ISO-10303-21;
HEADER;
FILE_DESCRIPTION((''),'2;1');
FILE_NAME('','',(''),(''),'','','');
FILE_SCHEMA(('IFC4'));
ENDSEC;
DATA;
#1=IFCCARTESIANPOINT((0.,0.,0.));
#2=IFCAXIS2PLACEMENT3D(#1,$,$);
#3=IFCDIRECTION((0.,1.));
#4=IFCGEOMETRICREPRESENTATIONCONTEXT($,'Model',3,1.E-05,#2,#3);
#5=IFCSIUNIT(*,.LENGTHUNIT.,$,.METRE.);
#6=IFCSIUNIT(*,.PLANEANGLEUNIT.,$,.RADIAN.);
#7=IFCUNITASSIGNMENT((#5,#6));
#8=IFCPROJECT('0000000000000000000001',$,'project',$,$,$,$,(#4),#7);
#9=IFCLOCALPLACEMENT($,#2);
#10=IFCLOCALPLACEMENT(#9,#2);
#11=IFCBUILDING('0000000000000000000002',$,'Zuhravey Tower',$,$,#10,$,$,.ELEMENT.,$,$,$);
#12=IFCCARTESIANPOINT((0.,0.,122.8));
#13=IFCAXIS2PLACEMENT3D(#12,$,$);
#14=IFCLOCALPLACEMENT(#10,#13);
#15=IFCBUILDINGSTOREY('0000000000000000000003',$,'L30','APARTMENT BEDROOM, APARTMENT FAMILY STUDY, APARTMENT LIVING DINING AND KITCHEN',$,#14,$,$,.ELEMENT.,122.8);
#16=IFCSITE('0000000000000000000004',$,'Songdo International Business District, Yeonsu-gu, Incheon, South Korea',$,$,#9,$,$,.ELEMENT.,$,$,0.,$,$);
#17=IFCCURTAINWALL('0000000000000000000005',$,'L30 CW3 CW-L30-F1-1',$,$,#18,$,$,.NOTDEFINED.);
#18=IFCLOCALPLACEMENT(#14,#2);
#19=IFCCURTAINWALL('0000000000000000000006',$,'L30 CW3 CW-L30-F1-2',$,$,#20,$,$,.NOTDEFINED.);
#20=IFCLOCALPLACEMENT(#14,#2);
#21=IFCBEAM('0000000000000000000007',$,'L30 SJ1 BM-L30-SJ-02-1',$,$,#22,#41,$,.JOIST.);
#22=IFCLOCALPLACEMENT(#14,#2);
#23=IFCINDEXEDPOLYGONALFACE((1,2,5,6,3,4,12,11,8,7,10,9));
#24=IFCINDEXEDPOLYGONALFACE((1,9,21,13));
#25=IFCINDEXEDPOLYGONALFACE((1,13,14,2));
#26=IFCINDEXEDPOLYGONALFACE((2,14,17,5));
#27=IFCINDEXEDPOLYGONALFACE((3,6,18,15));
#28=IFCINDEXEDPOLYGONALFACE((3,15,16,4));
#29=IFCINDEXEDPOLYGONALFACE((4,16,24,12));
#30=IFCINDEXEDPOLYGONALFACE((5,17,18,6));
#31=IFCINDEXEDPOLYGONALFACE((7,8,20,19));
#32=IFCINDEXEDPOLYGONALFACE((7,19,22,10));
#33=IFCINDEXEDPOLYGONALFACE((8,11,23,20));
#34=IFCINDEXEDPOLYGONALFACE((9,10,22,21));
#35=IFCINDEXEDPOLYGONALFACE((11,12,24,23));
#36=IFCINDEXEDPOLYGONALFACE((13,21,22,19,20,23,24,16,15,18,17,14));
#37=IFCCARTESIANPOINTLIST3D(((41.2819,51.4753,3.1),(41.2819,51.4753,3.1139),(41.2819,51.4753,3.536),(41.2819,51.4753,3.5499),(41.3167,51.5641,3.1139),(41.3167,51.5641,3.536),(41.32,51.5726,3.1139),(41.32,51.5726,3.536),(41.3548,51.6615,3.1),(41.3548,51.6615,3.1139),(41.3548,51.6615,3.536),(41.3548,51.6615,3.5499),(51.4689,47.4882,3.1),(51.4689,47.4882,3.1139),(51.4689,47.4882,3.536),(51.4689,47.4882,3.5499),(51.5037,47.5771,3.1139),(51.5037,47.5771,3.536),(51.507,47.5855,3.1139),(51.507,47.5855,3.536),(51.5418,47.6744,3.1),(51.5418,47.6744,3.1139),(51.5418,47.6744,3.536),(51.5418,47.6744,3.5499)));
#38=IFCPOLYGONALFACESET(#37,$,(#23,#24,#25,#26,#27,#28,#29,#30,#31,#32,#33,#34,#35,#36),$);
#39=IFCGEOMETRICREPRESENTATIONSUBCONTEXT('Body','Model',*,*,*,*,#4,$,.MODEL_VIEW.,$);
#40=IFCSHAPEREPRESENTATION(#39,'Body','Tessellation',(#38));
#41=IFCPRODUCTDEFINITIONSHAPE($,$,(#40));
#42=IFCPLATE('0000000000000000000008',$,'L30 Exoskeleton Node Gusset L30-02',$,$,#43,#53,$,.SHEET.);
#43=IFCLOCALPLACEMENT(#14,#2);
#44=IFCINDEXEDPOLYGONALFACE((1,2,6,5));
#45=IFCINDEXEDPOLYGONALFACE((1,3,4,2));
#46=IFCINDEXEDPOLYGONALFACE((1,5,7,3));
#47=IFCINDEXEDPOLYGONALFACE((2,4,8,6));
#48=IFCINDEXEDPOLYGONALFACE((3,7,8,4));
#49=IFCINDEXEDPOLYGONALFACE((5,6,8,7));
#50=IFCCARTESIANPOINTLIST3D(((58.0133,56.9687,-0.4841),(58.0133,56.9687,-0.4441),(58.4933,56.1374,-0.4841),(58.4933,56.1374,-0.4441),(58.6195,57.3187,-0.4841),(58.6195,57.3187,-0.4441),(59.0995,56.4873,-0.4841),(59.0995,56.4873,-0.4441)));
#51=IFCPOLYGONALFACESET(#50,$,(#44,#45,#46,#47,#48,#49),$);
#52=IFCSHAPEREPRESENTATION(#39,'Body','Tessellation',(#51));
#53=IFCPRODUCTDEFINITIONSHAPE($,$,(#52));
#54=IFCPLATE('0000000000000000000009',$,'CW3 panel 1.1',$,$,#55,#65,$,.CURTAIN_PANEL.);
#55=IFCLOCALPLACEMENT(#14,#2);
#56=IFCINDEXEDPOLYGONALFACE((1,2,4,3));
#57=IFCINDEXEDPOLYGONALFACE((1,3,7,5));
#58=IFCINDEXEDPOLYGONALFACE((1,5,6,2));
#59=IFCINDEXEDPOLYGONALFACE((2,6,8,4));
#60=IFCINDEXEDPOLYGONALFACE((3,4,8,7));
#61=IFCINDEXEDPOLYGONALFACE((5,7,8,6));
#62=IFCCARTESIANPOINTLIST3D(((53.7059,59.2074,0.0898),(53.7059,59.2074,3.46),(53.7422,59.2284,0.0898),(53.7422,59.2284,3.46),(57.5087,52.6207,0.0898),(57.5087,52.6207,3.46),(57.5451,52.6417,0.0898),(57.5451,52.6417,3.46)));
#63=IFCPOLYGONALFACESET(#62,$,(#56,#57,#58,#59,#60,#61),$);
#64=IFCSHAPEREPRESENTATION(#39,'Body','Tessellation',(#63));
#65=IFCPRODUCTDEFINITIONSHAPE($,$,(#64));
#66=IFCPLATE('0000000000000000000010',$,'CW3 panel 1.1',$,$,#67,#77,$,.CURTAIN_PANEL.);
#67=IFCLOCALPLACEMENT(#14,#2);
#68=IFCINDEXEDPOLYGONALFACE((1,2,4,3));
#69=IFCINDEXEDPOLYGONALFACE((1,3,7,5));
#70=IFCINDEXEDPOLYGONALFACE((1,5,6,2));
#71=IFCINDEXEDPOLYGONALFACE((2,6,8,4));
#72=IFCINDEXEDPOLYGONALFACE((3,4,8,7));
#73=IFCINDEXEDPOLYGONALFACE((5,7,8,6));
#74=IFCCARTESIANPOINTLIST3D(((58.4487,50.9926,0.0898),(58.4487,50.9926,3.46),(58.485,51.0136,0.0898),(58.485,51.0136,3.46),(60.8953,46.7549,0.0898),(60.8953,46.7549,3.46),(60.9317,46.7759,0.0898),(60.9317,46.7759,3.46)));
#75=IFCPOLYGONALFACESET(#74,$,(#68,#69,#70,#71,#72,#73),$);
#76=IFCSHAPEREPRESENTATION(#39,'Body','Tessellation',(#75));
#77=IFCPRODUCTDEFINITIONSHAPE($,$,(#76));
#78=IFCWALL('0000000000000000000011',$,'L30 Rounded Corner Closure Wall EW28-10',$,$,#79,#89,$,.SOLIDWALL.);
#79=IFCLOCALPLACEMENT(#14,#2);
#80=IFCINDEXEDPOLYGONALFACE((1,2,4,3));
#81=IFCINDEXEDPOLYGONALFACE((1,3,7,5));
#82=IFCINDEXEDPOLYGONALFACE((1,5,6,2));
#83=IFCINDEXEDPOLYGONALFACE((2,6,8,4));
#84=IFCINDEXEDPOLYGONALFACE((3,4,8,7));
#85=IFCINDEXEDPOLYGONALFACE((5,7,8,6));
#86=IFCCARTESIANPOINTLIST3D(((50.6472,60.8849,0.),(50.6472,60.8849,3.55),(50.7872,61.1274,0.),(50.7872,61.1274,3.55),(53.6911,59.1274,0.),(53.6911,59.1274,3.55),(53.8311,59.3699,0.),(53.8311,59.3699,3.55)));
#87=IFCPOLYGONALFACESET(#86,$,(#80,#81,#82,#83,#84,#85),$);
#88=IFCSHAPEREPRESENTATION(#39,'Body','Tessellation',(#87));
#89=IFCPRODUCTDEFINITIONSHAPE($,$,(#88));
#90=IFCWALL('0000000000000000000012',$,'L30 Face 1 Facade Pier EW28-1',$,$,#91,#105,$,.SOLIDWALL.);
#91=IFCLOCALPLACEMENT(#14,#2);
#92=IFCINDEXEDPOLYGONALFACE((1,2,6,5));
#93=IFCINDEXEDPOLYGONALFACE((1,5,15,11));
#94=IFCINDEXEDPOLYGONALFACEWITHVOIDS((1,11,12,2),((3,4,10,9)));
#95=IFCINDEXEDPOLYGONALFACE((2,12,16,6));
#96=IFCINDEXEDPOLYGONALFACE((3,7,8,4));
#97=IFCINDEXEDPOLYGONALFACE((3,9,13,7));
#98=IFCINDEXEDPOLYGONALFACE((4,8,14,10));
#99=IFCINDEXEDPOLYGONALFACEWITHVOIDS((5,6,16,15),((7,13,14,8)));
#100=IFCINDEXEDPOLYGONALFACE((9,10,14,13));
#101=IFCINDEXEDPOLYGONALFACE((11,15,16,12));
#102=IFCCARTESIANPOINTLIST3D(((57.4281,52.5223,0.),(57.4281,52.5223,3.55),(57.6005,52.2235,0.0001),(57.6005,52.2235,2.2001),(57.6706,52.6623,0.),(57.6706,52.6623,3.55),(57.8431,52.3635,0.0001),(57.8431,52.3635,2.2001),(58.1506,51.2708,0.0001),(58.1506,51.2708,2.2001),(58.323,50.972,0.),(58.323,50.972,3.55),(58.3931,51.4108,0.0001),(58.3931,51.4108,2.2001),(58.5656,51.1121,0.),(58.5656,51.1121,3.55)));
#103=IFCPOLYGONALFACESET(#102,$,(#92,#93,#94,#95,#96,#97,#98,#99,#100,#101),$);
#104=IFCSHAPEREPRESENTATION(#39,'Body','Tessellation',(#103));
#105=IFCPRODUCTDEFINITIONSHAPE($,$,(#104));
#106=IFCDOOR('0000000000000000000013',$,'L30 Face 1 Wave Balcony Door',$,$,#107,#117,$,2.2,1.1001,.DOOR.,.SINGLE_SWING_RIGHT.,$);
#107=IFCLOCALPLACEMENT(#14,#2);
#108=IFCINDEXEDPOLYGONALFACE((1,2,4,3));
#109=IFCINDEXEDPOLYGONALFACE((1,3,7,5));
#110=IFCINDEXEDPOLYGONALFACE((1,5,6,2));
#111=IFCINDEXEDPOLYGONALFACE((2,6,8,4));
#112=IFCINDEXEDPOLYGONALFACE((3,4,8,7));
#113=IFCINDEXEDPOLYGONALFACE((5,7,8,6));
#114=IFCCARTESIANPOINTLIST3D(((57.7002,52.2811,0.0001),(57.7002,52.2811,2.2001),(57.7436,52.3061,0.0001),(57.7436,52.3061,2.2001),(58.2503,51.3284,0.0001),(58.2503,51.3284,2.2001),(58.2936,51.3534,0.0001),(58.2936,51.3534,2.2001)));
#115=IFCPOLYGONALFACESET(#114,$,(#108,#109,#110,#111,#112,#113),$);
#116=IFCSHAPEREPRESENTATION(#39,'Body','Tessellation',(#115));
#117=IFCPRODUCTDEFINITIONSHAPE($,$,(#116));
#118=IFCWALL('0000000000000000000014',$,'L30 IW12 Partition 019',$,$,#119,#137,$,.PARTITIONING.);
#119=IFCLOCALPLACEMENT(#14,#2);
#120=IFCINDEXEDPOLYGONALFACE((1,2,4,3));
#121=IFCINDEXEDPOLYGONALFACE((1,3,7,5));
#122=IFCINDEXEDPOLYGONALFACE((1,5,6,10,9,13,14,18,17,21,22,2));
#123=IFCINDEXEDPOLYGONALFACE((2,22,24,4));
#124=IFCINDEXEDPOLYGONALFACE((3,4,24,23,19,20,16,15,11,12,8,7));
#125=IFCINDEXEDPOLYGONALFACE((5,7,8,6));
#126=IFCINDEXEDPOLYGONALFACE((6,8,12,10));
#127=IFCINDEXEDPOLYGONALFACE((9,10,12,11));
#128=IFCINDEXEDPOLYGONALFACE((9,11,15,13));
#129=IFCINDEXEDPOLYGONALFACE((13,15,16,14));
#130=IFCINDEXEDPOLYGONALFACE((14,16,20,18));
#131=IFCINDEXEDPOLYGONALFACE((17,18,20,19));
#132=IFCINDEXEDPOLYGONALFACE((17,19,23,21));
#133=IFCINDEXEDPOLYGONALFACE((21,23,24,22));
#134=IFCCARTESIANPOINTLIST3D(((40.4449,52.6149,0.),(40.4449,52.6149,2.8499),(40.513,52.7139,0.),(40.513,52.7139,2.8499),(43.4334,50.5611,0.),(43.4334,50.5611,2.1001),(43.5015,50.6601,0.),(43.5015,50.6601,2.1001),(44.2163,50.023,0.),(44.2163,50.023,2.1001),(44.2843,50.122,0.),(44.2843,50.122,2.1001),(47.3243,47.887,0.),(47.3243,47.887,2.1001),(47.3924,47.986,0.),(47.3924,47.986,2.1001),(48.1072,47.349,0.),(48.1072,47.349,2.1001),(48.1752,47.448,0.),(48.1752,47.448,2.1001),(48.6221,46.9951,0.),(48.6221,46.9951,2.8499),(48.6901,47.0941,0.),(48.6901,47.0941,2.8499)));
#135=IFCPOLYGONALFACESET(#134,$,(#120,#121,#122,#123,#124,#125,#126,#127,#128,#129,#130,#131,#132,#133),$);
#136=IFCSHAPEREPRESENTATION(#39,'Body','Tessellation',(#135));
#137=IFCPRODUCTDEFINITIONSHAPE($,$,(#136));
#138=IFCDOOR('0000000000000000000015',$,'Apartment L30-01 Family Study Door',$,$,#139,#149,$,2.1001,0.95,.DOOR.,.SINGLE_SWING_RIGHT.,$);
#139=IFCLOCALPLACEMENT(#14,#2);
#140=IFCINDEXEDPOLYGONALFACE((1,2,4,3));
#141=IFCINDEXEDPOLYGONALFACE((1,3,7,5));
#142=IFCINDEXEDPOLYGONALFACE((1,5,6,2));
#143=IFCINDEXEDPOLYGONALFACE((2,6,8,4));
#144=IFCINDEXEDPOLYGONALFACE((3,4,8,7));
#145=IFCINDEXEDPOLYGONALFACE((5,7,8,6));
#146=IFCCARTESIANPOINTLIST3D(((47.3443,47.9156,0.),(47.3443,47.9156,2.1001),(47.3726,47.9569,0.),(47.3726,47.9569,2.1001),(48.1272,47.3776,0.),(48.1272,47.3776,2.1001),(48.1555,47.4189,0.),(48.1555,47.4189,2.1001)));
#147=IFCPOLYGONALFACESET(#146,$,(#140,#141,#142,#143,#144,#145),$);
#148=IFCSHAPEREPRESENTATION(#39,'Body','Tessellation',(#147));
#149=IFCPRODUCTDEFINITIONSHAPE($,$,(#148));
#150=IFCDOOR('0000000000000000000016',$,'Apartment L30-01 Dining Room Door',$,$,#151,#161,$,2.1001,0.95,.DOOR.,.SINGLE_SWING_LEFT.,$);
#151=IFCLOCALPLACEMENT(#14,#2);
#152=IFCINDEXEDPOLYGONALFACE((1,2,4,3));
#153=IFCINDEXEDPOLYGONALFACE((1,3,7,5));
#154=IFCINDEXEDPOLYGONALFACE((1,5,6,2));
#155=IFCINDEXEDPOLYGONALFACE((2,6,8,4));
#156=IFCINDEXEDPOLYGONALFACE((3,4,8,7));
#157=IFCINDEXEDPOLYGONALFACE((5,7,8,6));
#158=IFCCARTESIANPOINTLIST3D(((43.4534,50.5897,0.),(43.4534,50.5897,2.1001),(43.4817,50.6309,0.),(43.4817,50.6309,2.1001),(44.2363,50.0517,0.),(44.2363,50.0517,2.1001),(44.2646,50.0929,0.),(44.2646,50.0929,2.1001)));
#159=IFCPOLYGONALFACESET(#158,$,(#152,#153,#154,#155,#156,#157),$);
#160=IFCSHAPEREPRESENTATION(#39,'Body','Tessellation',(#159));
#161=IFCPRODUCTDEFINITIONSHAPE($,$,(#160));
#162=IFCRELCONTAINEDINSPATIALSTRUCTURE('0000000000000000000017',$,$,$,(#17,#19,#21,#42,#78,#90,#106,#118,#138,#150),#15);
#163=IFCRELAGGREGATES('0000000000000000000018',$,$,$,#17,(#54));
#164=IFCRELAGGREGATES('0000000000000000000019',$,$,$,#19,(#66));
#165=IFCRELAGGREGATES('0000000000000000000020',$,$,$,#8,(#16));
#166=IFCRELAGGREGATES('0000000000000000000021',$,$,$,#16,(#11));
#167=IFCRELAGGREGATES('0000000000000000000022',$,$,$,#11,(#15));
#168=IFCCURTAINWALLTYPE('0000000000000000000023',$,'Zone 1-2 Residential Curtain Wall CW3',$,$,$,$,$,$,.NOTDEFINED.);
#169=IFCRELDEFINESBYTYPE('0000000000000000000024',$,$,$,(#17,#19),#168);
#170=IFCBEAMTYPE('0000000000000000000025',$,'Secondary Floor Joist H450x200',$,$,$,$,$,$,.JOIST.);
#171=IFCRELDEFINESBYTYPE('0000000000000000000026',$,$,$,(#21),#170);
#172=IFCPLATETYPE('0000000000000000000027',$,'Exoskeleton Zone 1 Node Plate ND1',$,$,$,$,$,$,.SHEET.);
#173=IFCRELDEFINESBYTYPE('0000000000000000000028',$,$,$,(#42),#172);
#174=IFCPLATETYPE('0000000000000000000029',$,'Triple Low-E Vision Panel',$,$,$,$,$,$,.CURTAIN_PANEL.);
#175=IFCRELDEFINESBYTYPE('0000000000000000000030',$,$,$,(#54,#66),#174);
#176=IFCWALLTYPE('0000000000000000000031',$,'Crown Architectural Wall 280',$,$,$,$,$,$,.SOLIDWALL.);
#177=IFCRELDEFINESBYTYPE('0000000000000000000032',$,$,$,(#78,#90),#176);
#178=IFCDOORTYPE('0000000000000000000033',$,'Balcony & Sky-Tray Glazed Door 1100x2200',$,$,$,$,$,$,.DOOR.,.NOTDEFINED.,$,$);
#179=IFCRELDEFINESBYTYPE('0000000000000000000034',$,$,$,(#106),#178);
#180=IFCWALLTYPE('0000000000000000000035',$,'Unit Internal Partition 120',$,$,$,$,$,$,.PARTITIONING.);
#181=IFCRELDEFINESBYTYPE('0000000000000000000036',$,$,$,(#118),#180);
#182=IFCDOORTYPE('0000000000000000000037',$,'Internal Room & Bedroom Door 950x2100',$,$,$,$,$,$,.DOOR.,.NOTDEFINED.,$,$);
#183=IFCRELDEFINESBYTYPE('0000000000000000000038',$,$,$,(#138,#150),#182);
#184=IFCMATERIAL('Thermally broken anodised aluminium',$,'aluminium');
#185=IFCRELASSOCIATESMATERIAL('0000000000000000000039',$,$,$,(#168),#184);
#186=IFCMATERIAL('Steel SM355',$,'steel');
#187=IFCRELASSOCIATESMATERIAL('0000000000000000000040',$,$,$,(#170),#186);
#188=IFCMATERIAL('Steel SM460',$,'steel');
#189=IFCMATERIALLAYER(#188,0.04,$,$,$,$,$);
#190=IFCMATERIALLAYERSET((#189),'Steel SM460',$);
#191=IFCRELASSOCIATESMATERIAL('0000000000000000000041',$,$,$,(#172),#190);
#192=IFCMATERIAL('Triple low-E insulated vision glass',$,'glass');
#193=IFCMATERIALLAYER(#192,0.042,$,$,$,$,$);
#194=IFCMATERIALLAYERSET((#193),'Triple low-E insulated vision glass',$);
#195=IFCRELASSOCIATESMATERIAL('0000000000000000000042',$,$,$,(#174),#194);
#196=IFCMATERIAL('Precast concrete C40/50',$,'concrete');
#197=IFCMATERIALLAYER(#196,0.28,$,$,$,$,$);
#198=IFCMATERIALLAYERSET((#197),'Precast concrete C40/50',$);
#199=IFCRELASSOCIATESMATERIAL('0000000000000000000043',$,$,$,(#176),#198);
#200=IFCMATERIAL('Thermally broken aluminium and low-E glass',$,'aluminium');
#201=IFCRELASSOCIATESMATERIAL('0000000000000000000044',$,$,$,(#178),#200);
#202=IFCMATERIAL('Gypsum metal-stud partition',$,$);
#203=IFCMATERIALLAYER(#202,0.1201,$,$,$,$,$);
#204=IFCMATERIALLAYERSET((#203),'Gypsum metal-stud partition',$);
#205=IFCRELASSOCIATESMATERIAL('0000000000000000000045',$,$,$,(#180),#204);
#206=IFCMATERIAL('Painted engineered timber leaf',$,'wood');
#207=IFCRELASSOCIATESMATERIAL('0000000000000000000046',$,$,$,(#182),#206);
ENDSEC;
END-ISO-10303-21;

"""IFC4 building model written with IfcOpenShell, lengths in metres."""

from ifc_helpers import new_model, si_unit, direction, frame, frame_2d, origin, origin_2d, place, context, subcontext, project, spatial, rectangle, i_section, extrude, material, layer, layer_set, material_profile, profile_set, type_object, element, fill, aggregate, save


model = new_model("IFC4")

# Units and contexts
model_context = context("Model", 3, precision=1e-05, world=origin(), true_north=direction((0.0, 1.0)))
body_context = subcontext(model_context, "Body", "Model", "MODEL_VIEW")
ifc_project = project(units=[si_unit("LENGTHUNIT", "METRE"), si_unit("PLANEANGLEUNIT", "RADIAN")], contexts=[model_context])

# Site, building, storey
site_placement = place(None, origin())
site = spatial("IfcSite", under=ifc_project, at=site_placement, Name="Songdo International Business District, Yeonsu-gu, Incheon, South Korea", CompositionType="ELEMENT", RefElevation=0.0)
building_placement = place(site_placement, origin())
building = spatial("IfcBuilding", under=site, at=building_placement, Name="Zuhravey Tower", CompositionType="ELEMENT")
storey_placement = place(building_placement, frame((0.0, 0.0, 122.8)))
storey = spatial("IfcBuildingStorey", under=building, at=storey_placement, Name="L30", Description="APARTMENT BEDROOM, APARTMENT FAMILY STUDY, APARTMENT LIVING DINING AND KITCHEN", CompositionType="ELEMENT", Elevation=122.8)

# Shared definitions
ifc_material_1 = material(Name="Thermally broken anodised aluminium", Category="aluminium")
curtain_wall_type = type_object("IfcCurtainWallType", Name="Zone 1-2 Residential Curtain Wall CW3", PredefinedType="NOTDEFINED", material=ifc_material_1)

# Curtain walls
curtain_wall_1_placement = place(storey_placement, origin())
curtain_wall_1 = element("IfcCurtainWall", 1, at=curtain_wall_1_placement, inside=storey, type_object=curtain_wall_type, Name="L30 CW3 CW-L30-F1-1", PredefinedType="NOTDEFINED")
curtain_wall_2_placement = place(storey_placement, origin())
curtain_wall_2 = element("IfcCurtainWall", 2, at=curtain_wall_2_placement, inside=storey, type_object=curtain_wall_type, Name="L30 CW3 CW-L30-F1-2", PredefinedType="NOTDEFINED")

# Shared definitions
ifc_material_2 = material(Name="Steel SM460", Category="steel")

# Beam
ifc_material_3 = material(Name="Steel SM355", Category="steel")
ifc_material_profile_1 = material_profile(ifc_material_3, i_section(OverallWidth=0.2, OverallDepth=0.45, WebThickness=0.009, FlangeThickness=0.0139, at=origin_2d()), Name="H-450x200x9x14")
ifc_profile_set_1 = profile_set([ifc_material_profile_1], Name="Steel SM355")
beam_type_1 = type_object("IfcBeamType", Name="Secondary Floor Joist H450x200", PredefinedType="JOIST", material=ifc_profile_set_1)
beam_1_placement = place(storey_placement, frame((51.5054, 47.5813, 3.325), z_axis=(-0.931217, 0.364466, 0.0), x_axis=(-0.364466, -0.931217, 0.0)))
element("IfcBeam", 3, at=beam_1_placement, inside=storey, type_object=beam_type_1, Name="L30 SJ1 BM-L30-SJ-02-1", PredefinedType="JOIST", context=body_context, shape_type="SweptSolid", body=[
    extrude(i_section(OverallWidth=0.2, OverallDepth=0.45, WebThickness=0.009, FlangeThickness=0.0139, at=origin_2d()), origin(), (0.0, 0.0, 1.0), 10.9395),
])

# Plates
ifc_layer_1 = layer(ifc_material_2, 0.04)
ifc_layer_set_1 = layer_set([ifc_layer_1], Name="Steel SM460")
plate_type_1 = type_object("IfcPlateType", Name="Exoskeleton Zone 1 Node Plate ND1", PredefinedType="SHEET", material=ifc_layer_set_1)
plate_1_placement = place(storey_placement, frame((58.5564, 56.728, -0.4841), z_axis=(0.0, 0.0, 1.0), x_axis=(-0.5, 0.866025, 0.0)))
element("IfcPlate", 4, at=plate_1_placement, inside=storey, type_object=plate_type_1, Name="L30 Exoskeleton Node Gusset L30-02", PredefinedType="SHEET", context=body_context, shape_type="SweptSolid", body=[
    extrude(rectangle(XDim=0.96, YDim=0.7, at=origin_2d()), origin(), (0.0, 0.0, 1.0), 0.04),
])
ifc_material_4 = material(Name="Triple low-E insulated vision glass", Category="glass")
ifc_layer_2 = layer(ifc_material_4, 0.042)
ifc_layer_set_2 = layer_set([ifc_layer_2], Name="Triple low-E insulated vision glass")
plate_type_2 = type_object("IfcPlateType", Name="Triple Low-E Vision Panel", PredefinedType="CURTAIN_PANEL", material=ifc_layer_set_2)
plate_2_placement = place(storey_placement, frame((55.6255, 55.9246, 0.0898), z_axis=(0.0, 0.0, 1.0), x_axis=(0.5, -0.866025, 0.0)))
plate_2 = element("IfcPlate", 5, at=plate_2_placement, type_object=plate_type_2, Name="CW3 panel 1.1", PredefinedType="CURTAIN_PANEL", context=body_context, shape_type="SweptSolid", body=[
    extrude(rectangle(XDim=7.6057, YDim=0.042, at=origin_2d()), origin(), (0.0, 0.0, 1.0), 3.3701),
])
aggregate(curtain_wall_1, [plate_2])
plate_3_placement = place(storey_placement, frame((59.6902, 48.8843, 0.0898), z_axis=(0.0, 0.0, 1.0), x_axis=(0.499999, -0.866026, 0.0)))
plate_3 = element("IfcPlate", 6, at=plate_3_placement, type_object=plate_type_2, Name="CW3 panel 1.1", PredefinedType="CURTAIN_PANEL", context=body_context, shape_type="SweptSolid", body=[
    extrude(rectangle(XDim=4.8933, YDim=0.042, at=origin_2d()), origin(), (0.0, 0.0, 1.0), 3.3701),
])
aggregate(curtain_wall_2, [plate_3])

# Wall
ifc_material_5 = material(Name="Precast concrete C40/50", Category="concrete")
ifc_layer_3 = layer(ifc_material_5, 0.28)
ifc_layer_set_3 = layer_set([ifc_layer_3], Name="Precast concrete C40/50")
wall_type_1 = type_object("IfcWallType", Name="Crown Architectural Wall 280", PredefinedType="SOLIDWALL", material=ifc_layer_set_3)
wall_1_placement = place(storey_placement, frame((50.7173, 61.0061, 0.0), z_axis=(0.0, 0.0, 1.0), x_axis=(0.866007, -0.500031, 0.0)))
element("IfcWall", 7, at=wall_1_placement, inside=storey, type_object=wall_type_1, Name="L30 Rounded Corner Closure Wall EW28-10", PredefinedType="SOLIDWALL", context=body_context, shape_type="SweptSolid", body=[
    extrude(rectangle(XDim=3.5149, YDim=0.28, at=frame_2d((1.7573, 0.0))), origin(), (0.0, 0.0, 1.0), 3.55),
])

# Wall, opening, door
wall_2_placement = place(storey_placement, frame((57.5493, 52.5923, 0.0), z_axis=(0.0, 0.0, 1.0), x_axis=(0.499982, -0.866036, 0.0)))
wall_2 = element("IfcWall", 8, at=wall_2_placement, inside=storey, type_object=wall_type_1, Name="L30 Face 1 Facade Pier EW28-1", PredefinedType="SOLIDWALL", context=body_context, shape_type="SweptSolid", body=[
    extrude(rectangle(XDim=1.79, YDim=0.28, at=frame_2d((0.895, 0.0))), origin(), (0.0, 0.0, 1.0), 3.55),
])
opening_1_placement = place(wall_2_placement, frame((0.345, 0.0, 0.0)))
opening_1 = element("IfcOpeningElement", 9, at=opening_1_placement, cuts=wall_2, PredefinedType="OPENING", context=body_context, shape_type="SweptSolid", body=[
    extrude(rectangle(XDim=1.1001, YDim=2.2, at=frame_2d((0.55, 1.1001))), frame((0.0, 0.1521, 0.0), z_axis=(0.0, -1.0, 0.0), x_axis=(1.0, 0.0, 0.0)), (0.0, 0.0, 1.0), 0.304),
])
ifc_material_6 = material(Name="Thermally broken aluminium and low-E glass", Category="aluminium")
door_type_1 = type_object("IfcDoorType", Name="Balcony & Sky-Tray Glazed Door 1100x2200", OperationType="NOTDEFINED", PredefinedType="DOOR", material=ifc_material_6)
door_1_placement = place(opening_1_placement, frame((1.1001, 0.0, 0.0), z_axis=(0.0, 0.0, 1.0), x_axis=(-1.0, 0.0, 0.0)))
door_1 = element("IfcDoor", 10, at=door_1_placement, inside=storey, type_object=door_type_1, Name="L30 Face 1 Wave Balcony Door", OperationType="SINGLE_SWING_RIGHT", OverallHeight=2.2, OverallWidth=1.1001, PredefinedType="DOOR", context=body_context, shape_type="SweptSolid", body=[
    extrude(rectangle(XDim=1.1001, YDim=2.2, at=frame_2d((0.55, 1.1001))), frame((0.0, 0.0249, 0.0), z_axis=(0.0, -1.0, 0.0), x_axis=(1.0, 0.0, 0.0)), (0.0, 0.0, 1.0), 0.05),
])
fill(opening_1, door_1)

# Wall, openings, doors
ifc_material_7 = material(Name="Gypsum metal-stud partition")
ifc_layer_4 = layer(ifc_material_7, 0.1201)
ifc_layer_set_4 = layer_set([ifc_layer_4], Name="Gypsum metal-stud partition")
wall_type_2 = type_object("IfcWallType", Name="Unit Internal Partition 120", PredefinedType="PARTITIONING", material=ifc_layer_set_4)
wall_3_placement = place(storey_placement, frame((48.656, 47.0447, 0.0), z_axis=(0.0, 0.0, 1.0), x_axis=(-0.824135, 0.566393, 0.0)))
wall_3 = element("IfcWall", 11, at=wall_3_placement, inside=storey, type_object=wall_type_2, Name="L30 IW12 Partition 019", PredefinedType="PARTITIONING", context=body_context, shape_type="SweptSolid", body=[
    extrude(rectangle(XDim=9.9221, YDim=0.1201, at=frame_2d((4.9609, 0.0))), origin(), (0.0, 0.0, 1.0), 2.8499),
])
opening_2_placement = place(wall_3_placement, frame((0.6245, 0.0, 0.0)))
opening_2 = element("IfcOpeningElement", 12, at=opening_2_placement, cuts=wall_3, PredefinedType="OPENING", context=body_context, shape_type="SweptSolid", body=[
    extrude(rectangle(XDim=0.95, YDim=2.1001, at=frame_2d((0.4751, 1.05))), frame((0.0, 0.072, 0.0), z_axis=(0.0, -1.0, 0.0), x_axis=(1.0, 0.0, 0.0)), (0.0, 0.0, 1.0), 0.144),
])
opening_3_placement = place(wall_3_placement, frame((5.3457, 0.0, 0.0)))
opening_3 = element("IfcOpeningElement", 13, at=opening_3_placement, cuts=wall_3, PredefinedType="OPENING", context=body_context, shape_type="SweptSolid", body=[
    extrude(rectangle(XDim=0.95, YDim=2.1001, at=frame_2d((0.4751, 1.05))), frame((0.0, 0.072, 0.0), z_axis=(0.0, -1.0, 0.0), x_axis=(1.0, 0.0, 0.0)), (0.0, 0.0, 1.0), 0.144),
])
ifc_material_8 = material(Name="Painted engineered timber leaf", Category="wood")
door_type_2 = type_object("IfcDoorType", Name="Internal Room & Bedroom Door 950x2100", OperationType="NOTDEFINED", PredefinedType="DOOR", material=ifc_material_8)
door_2_placement = place(opening_2_placement, frame((0.95, 0.0, 0.0), z_axis=(0.0, 0.0, 1.0), x_axis=(-1.0, 0.0, 0.0)))
door_2 = element("IfcDoor", 14, at=door_2_placement, inside=storey, type_object=door_type_2, Name="Apartment L30-01 Family Study Door", OperationType="SINGLE_SWING_RIGHT", OverallHeight=2.1001, OverallWidth=0.95, PredefinedType="DOOR", context=body_context, shape_type="SweptSolid", body=[
    extrude(rectangle(XDim=0.95, YDim=2.1001, at=frame_2d((0.4751, 1.05))), frame((0.0, 0.0249, 0.0), z_axis=(0.0, -1.0, 0.0), x_axis=(1.0, 0.0, 0.0)), (0.0, 0.0, 1.0), 0.05),
])
fill(opening_2, door_2)
door_3_placement = place(opening_3_placement, frame((0.95, 0.0, 0.0), z_axis=(0.0, 0.0, 1.0), x_axis=(-1.0, 0.0, 0.0)))
door_3 = element("IfcDoor", 15, at=door_3_placement, inside=storey, type_object=door_type_2, Name="Apartment L30-01 Dining Room Door", OperationType="SINGLE_SWING_LEFT", OverallHeight=2.1001, OverallWidth=0.95, PredefinedType="DOOR", context=body_context, shape_type="SweptSolid", body=[
    extrude(rectangle(XDim=0.95, YDim=2.1001, at=frame_2d((0.4751, 1.05))), frame((0.0, 0.0249, 0.0), z_axis=(0.0, -1.0, 0.0), x_axis=(1.0, 0.0, 0.0)), (0.0, 0.0, 1.0), 0.05),
])
fill(opening_3, door_3)

save(model, "model.ifc")
